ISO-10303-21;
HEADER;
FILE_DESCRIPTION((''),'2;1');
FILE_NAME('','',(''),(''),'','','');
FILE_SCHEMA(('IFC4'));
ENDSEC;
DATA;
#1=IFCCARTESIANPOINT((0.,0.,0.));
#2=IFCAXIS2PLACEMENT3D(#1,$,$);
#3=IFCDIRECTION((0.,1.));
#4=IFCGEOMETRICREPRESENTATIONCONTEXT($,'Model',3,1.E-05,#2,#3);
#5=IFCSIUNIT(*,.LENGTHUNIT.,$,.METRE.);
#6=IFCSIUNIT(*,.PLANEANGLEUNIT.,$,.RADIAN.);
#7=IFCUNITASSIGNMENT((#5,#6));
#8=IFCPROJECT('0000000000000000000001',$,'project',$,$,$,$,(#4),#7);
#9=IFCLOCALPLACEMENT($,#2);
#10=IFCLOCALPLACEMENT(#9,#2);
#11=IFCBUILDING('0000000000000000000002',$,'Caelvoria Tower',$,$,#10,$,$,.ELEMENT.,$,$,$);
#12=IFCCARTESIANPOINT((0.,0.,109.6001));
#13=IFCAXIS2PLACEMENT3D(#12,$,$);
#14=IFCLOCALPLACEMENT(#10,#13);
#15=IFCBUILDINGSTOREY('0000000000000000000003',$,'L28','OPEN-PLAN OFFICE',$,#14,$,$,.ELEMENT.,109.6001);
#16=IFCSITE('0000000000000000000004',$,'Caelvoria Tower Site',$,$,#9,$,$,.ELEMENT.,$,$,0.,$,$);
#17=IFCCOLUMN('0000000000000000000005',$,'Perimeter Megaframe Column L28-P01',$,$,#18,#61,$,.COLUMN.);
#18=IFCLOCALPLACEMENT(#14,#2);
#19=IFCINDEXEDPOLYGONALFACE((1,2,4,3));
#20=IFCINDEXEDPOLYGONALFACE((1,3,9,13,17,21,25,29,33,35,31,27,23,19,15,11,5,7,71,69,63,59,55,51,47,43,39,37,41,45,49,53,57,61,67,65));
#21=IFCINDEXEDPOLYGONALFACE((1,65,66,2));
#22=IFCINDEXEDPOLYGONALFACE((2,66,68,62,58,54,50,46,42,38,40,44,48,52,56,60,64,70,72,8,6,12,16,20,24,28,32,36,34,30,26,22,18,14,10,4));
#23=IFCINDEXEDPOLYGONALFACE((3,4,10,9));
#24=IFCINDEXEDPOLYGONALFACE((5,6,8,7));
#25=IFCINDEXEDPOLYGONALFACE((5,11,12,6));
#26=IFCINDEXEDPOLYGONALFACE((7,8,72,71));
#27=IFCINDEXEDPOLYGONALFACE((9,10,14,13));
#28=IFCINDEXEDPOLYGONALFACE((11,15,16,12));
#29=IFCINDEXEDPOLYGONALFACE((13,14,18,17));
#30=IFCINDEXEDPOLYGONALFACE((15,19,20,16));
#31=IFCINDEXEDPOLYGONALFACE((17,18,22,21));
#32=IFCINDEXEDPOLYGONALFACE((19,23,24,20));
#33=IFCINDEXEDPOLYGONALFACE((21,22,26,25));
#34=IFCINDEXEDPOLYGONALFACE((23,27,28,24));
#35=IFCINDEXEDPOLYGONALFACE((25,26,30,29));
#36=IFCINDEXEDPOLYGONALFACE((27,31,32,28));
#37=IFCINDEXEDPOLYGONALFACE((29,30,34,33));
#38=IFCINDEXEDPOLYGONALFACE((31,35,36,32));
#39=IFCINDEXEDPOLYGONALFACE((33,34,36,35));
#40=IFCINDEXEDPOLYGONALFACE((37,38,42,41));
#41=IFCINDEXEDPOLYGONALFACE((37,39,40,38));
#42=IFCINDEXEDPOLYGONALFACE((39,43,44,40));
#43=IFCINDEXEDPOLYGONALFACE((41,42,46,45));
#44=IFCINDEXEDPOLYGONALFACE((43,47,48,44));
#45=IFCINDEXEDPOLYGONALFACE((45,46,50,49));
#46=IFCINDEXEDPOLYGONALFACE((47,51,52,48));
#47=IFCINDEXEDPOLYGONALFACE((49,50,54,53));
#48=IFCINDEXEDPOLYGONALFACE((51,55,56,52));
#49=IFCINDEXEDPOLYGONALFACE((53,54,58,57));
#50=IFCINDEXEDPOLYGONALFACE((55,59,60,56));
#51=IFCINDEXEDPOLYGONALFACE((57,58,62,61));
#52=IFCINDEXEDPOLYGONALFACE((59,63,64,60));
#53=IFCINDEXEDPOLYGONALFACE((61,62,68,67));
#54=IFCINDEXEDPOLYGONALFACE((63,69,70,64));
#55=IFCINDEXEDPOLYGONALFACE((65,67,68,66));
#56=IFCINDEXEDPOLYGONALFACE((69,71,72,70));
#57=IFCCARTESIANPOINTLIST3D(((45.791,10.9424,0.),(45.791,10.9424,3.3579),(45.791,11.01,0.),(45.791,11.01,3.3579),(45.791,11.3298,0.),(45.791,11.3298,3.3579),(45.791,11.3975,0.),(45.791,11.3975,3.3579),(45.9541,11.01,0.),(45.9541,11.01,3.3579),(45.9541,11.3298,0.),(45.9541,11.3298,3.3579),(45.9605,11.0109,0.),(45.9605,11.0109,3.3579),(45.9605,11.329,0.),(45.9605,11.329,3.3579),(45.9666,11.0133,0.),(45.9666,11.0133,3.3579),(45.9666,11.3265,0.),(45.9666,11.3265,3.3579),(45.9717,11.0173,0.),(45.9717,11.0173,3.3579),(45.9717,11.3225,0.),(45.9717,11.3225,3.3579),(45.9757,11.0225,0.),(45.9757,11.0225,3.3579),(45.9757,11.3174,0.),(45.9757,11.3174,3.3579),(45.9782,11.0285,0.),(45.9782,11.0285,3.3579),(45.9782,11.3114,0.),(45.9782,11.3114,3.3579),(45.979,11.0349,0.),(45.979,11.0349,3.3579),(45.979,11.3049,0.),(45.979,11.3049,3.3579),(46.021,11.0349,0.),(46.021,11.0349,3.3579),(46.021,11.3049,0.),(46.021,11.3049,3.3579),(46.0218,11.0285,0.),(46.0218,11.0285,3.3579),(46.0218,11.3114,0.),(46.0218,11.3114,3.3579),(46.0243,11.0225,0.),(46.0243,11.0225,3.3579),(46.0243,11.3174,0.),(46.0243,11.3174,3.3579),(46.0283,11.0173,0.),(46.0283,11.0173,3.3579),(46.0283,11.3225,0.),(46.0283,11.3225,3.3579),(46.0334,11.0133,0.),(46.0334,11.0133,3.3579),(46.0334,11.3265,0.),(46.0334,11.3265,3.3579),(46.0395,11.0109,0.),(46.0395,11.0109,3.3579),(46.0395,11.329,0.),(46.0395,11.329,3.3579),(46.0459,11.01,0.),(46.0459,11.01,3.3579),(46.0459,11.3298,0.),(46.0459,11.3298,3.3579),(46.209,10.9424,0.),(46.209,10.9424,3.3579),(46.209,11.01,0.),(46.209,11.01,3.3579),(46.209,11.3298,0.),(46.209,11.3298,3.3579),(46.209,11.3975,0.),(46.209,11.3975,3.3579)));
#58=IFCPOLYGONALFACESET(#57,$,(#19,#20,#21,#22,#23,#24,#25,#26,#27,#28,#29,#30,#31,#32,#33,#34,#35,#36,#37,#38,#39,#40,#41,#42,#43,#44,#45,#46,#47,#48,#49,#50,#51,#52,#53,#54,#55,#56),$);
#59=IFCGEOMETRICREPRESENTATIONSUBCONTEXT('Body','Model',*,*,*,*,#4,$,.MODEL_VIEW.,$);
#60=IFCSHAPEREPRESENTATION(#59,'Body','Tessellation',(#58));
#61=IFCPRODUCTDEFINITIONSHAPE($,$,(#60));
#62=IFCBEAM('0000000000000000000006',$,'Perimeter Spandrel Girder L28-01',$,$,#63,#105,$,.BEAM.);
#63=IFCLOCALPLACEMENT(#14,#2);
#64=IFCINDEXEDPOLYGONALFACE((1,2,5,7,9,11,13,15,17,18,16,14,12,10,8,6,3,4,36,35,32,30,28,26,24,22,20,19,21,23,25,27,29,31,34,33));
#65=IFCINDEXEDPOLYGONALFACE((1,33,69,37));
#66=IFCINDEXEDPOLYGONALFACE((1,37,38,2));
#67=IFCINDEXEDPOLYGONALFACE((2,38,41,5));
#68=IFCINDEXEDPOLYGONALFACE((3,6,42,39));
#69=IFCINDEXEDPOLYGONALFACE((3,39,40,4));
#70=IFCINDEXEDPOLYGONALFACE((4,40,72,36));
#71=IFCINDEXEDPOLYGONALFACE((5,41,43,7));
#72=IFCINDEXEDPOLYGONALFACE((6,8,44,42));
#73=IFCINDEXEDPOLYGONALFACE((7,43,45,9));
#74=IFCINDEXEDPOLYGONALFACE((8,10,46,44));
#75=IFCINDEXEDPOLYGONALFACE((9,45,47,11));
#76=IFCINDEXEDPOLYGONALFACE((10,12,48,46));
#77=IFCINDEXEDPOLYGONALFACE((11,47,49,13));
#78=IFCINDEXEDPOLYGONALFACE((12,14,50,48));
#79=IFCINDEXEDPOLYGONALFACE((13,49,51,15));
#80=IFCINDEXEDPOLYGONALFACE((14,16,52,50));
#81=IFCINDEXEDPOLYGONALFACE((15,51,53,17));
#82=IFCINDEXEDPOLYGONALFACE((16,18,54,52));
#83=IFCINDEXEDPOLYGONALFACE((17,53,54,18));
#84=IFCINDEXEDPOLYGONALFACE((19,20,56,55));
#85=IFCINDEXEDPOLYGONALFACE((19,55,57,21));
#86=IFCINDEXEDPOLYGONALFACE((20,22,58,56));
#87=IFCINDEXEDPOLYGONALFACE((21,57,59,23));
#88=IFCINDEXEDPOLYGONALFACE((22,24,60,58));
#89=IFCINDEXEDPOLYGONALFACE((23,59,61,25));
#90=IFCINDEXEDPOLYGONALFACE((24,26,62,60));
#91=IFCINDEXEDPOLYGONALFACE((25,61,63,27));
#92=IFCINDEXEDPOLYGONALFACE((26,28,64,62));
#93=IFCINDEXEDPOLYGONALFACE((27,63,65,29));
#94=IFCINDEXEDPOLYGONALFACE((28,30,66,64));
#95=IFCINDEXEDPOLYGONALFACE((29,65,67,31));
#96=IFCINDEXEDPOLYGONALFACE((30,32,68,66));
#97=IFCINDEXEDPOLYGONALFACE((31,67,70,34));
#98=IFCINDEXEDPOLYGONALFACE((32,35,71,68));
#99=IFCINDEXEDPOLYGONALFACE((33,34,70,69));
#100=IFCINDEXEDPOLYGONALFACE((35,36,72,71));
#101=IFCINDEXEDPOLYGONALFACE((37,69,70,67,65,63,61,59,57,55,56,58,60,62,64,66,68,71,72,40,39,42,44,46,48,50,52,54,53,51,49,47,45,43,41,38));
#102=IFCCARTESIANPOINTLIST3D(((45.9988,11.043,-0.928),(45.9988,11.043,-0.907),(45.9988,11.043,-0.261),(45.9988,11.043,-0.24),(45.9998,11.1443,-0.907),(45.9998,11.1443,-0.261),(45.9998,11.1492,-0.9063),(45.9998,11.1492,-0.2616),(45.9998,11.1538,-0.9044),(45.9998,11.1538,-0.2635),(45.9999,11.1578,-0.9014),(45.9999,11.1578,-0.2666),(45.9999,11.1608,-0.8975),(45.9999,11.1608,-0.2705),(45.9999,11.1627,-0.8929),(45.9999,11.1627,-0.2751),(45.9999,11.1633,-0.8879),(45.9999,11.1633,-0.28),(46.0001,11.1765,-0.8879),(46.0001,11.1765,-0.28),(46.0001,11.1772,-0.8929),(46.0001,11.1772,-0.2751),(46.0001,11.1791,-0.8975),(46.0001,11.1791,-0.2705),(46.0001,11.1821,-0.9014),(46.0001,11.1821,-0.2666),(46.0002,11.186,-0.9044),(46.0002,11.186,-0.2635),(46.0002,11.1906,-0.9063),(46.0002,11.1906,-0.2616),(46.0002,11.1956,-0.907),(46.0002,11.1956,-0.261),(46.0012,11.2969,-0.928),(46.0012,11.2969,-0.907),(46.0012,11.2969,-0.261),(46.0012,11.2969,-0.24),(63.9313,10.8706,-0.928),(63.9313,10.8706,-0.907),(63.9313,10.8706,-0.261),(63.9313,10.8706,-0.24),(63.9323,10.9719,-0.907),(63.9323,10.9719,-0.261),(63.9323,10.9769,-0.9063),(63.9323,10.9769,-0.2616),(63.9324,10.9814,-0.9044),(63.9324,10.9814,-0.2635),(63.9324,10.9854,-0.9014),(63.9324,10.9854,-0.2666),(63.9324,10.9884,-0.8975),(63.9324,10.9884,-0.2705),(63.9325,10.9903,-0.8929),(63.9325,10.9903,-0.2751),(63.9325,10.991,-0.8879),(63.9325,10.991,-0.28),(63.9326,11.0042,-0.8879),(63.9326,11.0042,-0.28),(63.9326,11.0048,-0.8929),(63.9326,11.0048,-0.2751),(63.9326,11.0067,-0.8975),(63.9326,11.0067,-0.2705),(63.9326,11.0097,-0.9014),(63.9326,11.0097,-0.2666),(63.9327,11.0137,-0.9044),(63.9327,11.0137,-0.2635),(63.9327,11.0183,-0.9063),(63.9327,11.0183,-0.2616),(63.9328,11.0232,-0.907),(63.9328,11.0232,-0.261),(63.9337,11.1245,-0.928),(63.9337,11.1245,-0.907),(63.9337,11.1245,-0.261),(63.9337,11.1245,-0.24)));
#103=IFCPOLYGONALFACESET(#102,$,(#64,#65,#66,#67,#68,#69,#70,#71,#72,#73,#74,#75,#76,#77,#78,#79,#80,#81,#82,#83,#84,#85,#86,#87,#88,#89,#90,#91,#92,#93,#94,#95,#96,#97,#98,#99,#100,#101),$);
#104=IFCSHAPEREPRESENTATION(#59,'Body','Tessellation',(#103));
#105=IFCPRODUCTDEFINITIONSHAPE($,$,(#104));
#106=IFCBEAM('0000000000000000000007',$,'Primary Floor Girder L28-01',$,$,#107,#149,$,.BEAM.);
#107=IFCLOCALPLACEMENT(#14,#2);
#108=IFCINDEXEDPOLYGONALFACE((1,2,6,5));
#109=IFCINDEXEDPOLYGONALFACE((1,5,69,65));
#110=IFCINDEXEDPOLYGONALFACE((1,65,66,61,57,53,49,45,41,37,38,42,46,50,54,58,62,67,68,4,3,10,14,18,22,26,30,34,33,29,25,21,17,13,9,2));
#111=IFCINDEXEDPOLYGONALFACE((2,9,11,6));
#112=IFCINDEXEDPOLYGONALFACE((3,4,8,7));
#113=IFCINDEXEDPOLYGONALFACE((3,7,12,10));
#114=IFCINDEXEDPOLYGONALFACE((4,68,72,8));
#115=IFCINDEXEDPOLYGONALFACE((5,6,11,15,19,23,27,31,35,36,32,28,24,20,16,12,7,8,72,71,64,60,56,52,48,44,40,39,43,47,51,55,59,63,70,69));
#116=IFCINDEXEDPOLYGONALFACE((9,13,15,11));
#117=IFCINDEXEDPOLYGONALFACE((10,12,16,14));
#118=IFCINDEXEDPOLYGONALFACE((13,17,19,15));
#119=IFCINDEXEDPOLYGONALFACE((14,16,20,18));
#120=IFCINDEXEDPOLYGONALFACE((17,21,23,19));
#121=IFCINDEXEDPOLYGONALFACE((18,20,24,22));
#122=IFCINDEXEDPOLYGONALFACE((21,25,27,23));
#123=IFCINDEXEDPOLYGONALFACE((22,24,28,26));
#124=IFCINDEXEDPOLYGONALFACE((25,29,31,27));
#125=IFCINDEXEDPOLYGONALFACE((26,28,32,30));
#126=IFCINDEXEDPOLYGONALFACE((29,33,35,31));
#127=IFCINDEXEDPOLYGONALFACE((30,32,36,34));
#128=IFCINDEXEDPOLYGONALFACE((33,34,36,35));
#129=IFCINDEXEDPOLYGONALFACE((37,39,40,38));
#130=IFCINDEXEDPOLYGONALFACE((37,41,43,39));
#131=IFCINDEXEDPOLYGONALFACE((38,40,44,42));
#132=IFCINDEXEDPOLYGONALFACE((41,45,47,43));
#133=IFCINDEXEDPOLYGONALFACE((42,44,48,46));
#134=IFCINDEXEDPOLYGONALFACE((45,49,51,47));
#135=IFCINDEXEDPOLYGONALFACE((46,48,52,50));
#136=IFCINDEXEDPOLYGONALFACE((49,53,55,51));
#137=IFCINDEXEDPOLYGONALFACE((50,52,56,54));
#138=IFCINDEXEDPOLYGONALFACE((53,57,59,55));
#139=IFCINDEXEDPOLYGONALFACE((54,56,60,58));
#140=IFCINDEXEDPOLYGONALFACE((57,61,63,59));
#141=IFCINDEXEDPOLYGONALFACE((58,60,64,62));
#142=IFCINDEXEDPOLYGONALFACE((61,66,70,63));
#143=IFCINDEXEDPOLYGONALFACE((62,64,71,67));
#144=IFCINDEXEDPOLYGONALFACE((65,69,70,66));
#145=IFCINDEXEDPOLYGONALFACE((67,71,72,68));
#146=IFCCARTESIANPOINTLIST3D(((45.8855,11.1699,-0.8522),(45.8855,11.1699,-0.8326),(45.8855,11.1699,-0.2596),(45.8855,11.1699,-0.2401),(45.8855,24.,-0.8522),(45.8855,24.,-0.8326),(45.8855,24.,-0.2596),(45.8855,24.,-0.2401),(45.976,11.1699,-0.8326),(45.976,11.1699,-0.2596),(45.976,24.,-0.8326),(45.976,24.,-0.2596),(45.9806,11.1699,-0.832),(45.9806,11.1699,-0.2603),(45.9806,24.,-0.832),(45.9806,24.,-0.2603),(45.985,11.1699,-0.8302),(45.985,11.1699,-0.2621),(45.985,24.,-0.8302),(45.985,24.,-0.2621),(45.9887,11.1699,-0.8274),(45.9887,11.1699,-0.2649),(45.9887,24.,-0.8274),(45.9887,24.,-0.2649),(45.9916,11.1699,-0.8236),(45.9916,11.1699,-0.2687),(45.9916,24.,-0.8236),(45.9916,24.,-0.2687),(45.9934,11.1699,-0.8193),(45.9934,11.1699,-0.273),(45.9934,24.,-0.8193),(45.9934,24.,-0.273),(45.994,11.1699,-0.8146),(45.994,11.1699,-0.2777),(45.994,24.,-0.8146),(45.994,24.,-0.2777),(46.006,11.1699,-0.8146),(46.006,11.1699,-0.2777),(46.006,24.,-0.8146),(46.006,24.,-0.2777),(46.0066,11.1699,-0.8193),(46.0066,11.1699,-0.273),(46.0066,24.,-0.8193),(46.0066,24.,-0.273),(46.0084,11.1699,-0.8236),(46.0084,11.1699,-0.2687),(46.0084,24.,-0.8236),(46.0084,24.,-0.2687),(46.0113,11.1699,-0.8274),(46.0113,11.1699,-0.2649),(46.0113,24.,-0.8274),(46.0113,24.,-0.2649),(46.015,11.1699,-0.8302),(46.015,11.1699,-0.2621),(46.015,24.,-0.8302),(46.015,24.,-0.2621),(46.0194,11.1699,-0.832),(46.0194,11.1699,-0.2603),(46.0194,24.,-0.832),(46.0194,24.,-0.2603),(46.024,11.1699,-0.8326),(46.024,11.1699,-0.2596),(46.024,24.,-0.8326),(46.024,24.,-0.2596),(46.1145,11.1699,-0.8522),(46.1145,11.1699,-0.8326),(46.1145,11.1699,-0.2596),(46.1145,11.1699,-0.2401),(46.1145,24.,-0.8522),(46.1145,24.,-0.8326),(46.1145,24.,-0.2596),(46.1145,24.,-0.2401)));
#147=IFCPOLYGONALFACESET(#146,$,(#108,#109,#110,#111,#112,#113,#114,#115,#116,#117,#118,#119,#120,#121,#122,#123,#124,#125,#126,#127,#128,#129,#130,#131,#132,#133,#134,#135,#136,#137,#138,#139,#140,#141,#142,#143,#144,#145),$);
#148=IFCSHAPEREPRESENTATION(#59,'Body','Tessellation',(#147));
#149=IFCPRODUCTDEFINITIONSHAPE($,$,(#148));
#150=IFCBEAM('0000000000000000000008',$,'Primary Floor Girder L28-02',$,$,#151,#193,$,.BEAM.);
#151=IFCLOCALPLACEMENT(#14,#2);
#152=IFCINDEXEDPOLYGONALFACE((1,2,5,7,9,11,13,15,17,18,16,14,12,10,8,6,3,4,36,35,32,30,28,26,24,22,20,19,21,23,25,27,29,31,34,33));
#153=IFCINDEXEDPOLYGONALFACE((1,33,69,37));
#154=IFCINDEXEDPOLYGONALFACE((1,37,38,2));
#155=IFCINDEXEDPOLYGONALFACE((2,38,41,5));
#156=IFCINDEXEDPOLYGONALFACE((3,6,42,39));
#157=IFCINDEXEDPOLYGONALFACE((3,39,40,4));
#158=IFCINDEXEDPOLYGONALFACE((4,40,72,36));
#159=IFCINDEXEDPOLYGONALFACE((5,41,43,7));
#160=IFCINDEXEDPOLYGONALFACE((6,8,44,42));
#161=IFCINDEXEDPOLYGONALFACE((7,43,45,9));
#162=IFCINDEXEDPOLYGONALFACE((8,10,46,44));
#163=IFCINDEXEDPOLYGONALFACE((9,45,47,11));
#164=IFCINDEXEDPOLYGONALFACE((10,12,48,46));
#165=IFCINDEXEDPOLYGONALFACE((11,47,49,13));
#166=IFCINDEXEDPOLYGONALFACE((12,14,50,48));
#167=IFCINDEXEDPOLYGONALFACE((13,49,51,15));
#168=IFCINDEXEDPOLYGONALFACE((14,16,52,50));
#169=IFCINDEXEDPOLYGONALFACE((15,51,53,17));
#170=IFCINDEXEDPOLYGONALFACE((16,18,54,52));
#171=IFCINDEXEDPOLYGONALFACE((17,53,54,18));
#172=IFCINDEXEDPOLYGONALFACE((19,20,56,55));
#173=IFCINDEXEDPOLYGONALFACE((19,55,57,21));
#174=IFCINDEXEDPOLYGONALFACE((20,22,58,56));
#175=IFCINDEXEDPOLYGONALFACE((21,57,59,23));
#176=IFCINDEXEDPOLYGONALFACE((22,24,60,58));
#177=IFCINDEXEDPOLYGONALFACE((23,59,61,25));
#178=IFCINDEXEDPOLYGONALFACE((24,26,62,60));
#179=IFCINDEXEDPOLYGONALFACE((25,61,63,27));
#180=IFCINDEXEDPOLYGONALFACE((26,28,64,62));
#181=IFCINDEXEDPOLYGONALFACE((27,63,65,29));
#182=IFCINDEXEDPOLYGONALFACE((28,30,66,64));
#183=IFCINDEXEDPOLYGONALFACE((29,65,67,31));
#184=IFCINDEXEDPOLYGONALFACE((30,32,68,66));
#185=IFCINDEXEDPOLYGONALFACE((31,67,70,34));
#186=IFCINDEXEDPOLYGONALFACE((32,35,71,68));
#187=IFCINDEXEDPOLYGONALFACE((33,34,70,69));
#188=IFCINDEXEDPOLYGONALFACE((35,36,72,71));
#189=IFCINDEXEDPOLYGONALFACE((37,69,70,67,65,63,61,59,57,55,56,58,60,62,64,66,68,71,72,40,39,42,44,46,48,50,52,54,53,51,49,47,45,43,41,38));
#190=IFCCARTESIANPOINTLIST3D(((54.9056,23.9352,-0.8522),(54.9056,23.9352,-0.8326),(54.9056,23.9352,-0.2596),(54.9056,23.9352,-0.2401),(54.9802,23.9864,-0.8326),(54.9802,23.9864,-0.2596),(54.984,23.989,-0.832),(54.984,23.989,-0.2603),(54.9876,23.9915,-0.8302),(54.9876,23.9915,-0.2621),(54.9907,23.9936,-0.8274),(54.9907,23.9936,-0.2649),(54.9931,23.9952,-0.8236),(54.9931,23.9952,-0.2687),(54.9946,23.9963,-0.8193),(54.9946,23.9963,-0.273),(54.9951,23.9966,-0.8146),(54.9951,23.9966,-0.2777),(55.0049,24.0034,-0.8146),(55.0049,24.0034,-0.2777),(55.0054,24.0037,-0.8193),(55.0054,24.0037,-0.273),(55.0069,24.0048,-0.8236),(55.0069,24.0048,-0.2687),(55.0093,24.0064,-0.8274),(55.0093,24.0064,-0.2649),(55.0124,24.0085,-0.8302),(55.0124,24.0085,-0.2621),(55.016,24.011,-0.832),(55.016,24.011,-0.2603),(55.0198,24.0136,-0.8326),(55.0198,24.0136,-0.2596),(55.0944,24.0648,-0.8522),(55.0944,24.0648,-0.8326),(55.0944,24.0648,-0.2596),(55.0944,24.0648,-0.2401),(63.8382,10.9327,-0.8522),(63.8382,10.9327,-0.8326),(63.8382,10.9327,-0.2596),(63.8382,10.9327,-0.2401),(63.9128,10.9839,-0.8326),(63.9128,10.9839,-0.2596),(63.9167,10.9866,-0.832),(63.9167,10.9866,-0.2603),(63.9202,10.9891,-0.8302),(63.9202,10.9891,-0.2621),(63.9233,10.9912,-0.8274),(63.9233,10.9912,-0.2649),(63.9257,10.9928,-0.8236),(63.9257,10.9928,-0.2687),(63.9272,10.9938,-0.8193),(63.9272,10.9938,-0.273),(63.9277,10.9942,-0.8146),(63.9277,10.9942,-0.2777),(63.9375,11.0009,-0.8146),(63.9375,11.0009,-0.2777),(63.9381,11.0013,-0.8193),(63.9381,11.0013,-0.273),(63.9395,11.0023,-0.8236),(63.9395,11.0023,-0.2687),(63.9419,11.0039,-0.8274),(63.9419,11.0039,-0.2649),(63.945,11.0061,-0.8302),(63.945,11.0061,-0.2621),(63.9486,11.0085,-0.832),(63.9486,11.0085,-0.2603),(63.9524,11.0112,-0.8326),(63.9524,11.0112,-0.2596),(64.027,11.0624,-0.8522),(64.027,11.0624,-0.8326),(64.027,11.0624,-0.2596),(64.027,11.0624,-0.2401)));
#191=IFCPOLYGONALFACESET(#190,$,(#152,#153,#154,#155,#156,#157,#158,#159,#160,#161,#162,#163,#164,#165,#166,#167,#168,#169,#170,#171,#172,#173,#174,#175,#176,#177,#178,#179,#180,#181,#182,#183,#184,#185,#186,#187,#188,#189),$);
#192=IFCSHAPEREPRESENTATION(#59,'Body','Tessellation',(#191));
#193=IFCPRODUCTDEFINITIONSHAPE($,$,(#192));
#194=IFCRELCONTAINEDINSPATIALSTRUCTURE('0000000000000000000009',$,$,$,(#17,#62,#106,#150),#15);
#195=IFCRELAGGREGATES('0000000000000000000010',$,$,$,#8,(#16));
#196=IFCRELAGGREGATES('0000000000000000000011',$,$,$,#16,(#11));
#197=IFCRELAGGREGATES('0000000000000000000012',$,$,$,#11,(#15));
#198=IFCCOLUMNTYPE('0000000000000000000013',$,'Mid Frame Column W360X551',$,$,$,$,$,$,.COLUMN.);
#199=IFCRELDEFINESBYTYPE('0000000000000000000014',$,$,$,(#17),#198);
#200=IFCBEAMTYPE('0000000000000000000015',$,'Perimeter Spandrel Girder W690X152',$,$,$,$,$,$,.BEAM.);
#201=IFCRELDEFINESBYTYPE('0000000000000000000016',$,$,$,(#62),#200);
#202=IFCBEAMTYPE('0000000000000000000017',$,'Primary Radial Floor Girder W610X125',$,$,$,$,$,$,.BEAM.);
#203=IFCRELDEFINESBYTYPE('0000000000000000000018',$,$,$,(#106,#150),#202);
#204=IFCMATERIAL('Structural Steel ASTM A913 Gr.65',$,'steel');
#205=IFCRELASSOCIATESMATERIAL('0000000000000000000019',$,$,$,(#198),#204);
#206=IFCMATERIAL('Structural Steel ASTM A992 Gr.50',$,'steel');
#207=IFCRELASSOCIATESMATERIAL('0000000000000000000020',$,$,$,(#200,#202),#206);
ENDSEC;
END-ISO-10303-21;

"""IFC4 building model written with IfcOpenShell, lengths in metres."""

from ifc_helpers import new_model, si_unit, direction, frame, origin, origin_2d, place, context, subcontext, project, spatial, i_section, extrude, material, material_profile, profile_set, type_object, element, save


model = new_model("IFC4")

# Units and contexts
model_context = context("Model", 3, precision=1e-05, world=origin(), true_north=direction((0.0, 1.0)))
body_context = subcontext(model_context, "Body", "Model", "MODEL_VIEW")
ifc_project = project(units=[si_unit("LENGTHUNIT", "METRE"), si_unit("PLANEANGLEUNIT", "RADIAN")], contexts=[model_context])

# Site, building, storey
site_placement = place(None, origin())
site = spatial("IfcSite", under=ifc_project, at=site_placement, Name="Caelvoria Tower Site", CompositionType="ELEMENT", RefElevation=0.0)
building_placement = place(site_placement, origin())
building = spatial("IfcBuilding", under=site, at=building_placement, Name="Caelvoria Tower", CompositionType="ELEMENT")
storey_placement = place(building_placement, frame((0.0, 0.0, 109.6001)))
storey = spatial("IfcBuildingStorey", under=building, at=storey_placement, Name="L28", Description="OPEN-PLAN OFFICE", CompositionType="ELEMENT", Elevation=109.6001)

# Column
ifc_material_1 = material(Name="Structural Steel ASTM A913 Gr.65", Category="steel")
ifc_material_profile_1 = material_profile(ifc_material_1, i_section(OverallWidth=0.418, OverallDepth=0.4551, WebThickness=0.042, FlangeThickness=0.0676, FilletRadius=0.0249, at=origin_2d()), Name="Structural Steel ASTM A913 Gr.65")
ifc_profile_set_1 = profile_set([ifc_material_profile_1], Name="W360X551 - Structural Steel ASTM A913 Gr.65")
column_type = type_object("IfcColumnType", Name="Mid Frame Column W360X551", PredefinedType="COLUMN", material=ifc_profile_set_1)
column_placement = place(storey_placement, frame((46.0, 11.1699, 0.0), z_axis=(0.0, 0.0, 1.0), x_axis=(1.0, 0.0, 0.0)))
element("IfcColumn", 1, at=column_placement, inside=storey, type_object=column_type, Name="Perimeter Megaframe Column L28-P01", PredefinedType="COLUMN", context=body_context, shape_type="SweptSolid", body=[
    extrude(i_section(OverallWidth=0.418, OverallDepth=0.4551, WebThickness=0.042, FlangeThickness=0.0676, FilletRadius=0.0249, at=origin_2d()), origin(), (0.0, 0.0, 1.0), 3.3579),
])

# Beams
ifc_material_2 = material(Name="Structural Steel ASTM A992 Gr.50", Category="steel")
ifc_material_profile_2 = material_profile(ifc_material_2, i_section(OverallWidth=0.2539, OverallDepth=0.688, WebThickness=0.0132, FlangeThickness=0.021, FilletRadius=0.019, at=origin_2d()), Name="Structural Steel ASTM A992 Gr.50")
ifc_profile_set_2 = profile_set([ifc_material_profile_2], Name="W690X152 - Structural Steel ASTM A992 Gr.50")
beam_type_1 = type_object("IfcBeamType", Name="Perimeter Spandrel Girder W690X152", PredefinedType="BEAM", material=ifc_profile_set_2)
beam_1_placement = place(storey_placement, frame((46.0, 11.1699, -0.584), z_axis=(0.999954, -0.009611, 0.0), x_axis=(0.009611, 0.999954, 0.0)))
element("IfcBeam", 2, at=beam_1_placement, inside=storey, type_object=beam_type_1, Name="Perimeter Spandrel Girder L28-01", PredefinedType="BEAM", context=body_context, shape_type="SweptSolid", body=[
    extrude(i_section(OverallWidth=0.2539, OverallDepth=0.688, WebThickness=0.0132, FlangeThickness=0.021, FilletRadius=0.019, at=origin_2d()), origin(), (0.0, 0.0, 1.0), 17.9333),
])
ifc_material_profile_3 = material_profile(ifc_material_2, i_section(OverallWidth=0.229, OverallDepth=0.6121, WebThickness=0.012, FlangeThickness=0.0195, FilletRadius=0.0181, at=origin_2d()), Name="Structural Steel ASTM A992 Gr.50")
ifc_profile_set_3 = profile_set([ifc_material_profile_3], Name="W610X125 - Structural Steel ASTM A992 Gr.50")
beam_type_2 = type_object("IfcBeamType", Name="Primary Radial Floor Girder W610X125", PredefinedType="BEAM", material=ifc_profile_set_3)
beam_2_placement = place(storey_placement, frame((46.0, 24.0, -0.5461), z_axis=(0.0, -1.0, 0.0), x_axis=(1.0, 0.0, 0.0)))
element("IfcBeam", 3, at=beam_2_placement, inside=storey, type_object=beam_type_2, Name="Primary Floor Girder L28-01", PredefinedType="BEAM", context=body_context, shape_type="SweptSolid", body=[
    extrude(i_section(OverallWidth=0.229, OverallDepth=0.6121, WebThickness=0.012, FlangeThickness=0.0195, FilletRadius=0.0181, at=origin_2d()), origin(), (0.0, 0.0, 1.0), 12.8301),
])
beam_3_placement = place(storey_placement, frame((55.0, 24.0, -0.5461), z_axis=(0.566246, -0.824236, 0.0), x_axis=(0.824236, 0.566246, 0.0)))
element("IfcBeam", 4, at=beam_3_placement, inside=storey, type_object=beam_type_2, Name="Primary Floor Girder L28-02", PredefinedType="BEAM", context=body_context, shape_type="SweptSolid", body=[
    extrude(i_section(OverallWidth=0.229, OverallDepth=0.6121, WebThickness=0.012, FlangeThickness=0.0195, FilletRadius=0.0181, at=origin_2d()), origin(), (0.0, 0.0, 1.0), 15.7751),
])

save(model, "model.ifc")
